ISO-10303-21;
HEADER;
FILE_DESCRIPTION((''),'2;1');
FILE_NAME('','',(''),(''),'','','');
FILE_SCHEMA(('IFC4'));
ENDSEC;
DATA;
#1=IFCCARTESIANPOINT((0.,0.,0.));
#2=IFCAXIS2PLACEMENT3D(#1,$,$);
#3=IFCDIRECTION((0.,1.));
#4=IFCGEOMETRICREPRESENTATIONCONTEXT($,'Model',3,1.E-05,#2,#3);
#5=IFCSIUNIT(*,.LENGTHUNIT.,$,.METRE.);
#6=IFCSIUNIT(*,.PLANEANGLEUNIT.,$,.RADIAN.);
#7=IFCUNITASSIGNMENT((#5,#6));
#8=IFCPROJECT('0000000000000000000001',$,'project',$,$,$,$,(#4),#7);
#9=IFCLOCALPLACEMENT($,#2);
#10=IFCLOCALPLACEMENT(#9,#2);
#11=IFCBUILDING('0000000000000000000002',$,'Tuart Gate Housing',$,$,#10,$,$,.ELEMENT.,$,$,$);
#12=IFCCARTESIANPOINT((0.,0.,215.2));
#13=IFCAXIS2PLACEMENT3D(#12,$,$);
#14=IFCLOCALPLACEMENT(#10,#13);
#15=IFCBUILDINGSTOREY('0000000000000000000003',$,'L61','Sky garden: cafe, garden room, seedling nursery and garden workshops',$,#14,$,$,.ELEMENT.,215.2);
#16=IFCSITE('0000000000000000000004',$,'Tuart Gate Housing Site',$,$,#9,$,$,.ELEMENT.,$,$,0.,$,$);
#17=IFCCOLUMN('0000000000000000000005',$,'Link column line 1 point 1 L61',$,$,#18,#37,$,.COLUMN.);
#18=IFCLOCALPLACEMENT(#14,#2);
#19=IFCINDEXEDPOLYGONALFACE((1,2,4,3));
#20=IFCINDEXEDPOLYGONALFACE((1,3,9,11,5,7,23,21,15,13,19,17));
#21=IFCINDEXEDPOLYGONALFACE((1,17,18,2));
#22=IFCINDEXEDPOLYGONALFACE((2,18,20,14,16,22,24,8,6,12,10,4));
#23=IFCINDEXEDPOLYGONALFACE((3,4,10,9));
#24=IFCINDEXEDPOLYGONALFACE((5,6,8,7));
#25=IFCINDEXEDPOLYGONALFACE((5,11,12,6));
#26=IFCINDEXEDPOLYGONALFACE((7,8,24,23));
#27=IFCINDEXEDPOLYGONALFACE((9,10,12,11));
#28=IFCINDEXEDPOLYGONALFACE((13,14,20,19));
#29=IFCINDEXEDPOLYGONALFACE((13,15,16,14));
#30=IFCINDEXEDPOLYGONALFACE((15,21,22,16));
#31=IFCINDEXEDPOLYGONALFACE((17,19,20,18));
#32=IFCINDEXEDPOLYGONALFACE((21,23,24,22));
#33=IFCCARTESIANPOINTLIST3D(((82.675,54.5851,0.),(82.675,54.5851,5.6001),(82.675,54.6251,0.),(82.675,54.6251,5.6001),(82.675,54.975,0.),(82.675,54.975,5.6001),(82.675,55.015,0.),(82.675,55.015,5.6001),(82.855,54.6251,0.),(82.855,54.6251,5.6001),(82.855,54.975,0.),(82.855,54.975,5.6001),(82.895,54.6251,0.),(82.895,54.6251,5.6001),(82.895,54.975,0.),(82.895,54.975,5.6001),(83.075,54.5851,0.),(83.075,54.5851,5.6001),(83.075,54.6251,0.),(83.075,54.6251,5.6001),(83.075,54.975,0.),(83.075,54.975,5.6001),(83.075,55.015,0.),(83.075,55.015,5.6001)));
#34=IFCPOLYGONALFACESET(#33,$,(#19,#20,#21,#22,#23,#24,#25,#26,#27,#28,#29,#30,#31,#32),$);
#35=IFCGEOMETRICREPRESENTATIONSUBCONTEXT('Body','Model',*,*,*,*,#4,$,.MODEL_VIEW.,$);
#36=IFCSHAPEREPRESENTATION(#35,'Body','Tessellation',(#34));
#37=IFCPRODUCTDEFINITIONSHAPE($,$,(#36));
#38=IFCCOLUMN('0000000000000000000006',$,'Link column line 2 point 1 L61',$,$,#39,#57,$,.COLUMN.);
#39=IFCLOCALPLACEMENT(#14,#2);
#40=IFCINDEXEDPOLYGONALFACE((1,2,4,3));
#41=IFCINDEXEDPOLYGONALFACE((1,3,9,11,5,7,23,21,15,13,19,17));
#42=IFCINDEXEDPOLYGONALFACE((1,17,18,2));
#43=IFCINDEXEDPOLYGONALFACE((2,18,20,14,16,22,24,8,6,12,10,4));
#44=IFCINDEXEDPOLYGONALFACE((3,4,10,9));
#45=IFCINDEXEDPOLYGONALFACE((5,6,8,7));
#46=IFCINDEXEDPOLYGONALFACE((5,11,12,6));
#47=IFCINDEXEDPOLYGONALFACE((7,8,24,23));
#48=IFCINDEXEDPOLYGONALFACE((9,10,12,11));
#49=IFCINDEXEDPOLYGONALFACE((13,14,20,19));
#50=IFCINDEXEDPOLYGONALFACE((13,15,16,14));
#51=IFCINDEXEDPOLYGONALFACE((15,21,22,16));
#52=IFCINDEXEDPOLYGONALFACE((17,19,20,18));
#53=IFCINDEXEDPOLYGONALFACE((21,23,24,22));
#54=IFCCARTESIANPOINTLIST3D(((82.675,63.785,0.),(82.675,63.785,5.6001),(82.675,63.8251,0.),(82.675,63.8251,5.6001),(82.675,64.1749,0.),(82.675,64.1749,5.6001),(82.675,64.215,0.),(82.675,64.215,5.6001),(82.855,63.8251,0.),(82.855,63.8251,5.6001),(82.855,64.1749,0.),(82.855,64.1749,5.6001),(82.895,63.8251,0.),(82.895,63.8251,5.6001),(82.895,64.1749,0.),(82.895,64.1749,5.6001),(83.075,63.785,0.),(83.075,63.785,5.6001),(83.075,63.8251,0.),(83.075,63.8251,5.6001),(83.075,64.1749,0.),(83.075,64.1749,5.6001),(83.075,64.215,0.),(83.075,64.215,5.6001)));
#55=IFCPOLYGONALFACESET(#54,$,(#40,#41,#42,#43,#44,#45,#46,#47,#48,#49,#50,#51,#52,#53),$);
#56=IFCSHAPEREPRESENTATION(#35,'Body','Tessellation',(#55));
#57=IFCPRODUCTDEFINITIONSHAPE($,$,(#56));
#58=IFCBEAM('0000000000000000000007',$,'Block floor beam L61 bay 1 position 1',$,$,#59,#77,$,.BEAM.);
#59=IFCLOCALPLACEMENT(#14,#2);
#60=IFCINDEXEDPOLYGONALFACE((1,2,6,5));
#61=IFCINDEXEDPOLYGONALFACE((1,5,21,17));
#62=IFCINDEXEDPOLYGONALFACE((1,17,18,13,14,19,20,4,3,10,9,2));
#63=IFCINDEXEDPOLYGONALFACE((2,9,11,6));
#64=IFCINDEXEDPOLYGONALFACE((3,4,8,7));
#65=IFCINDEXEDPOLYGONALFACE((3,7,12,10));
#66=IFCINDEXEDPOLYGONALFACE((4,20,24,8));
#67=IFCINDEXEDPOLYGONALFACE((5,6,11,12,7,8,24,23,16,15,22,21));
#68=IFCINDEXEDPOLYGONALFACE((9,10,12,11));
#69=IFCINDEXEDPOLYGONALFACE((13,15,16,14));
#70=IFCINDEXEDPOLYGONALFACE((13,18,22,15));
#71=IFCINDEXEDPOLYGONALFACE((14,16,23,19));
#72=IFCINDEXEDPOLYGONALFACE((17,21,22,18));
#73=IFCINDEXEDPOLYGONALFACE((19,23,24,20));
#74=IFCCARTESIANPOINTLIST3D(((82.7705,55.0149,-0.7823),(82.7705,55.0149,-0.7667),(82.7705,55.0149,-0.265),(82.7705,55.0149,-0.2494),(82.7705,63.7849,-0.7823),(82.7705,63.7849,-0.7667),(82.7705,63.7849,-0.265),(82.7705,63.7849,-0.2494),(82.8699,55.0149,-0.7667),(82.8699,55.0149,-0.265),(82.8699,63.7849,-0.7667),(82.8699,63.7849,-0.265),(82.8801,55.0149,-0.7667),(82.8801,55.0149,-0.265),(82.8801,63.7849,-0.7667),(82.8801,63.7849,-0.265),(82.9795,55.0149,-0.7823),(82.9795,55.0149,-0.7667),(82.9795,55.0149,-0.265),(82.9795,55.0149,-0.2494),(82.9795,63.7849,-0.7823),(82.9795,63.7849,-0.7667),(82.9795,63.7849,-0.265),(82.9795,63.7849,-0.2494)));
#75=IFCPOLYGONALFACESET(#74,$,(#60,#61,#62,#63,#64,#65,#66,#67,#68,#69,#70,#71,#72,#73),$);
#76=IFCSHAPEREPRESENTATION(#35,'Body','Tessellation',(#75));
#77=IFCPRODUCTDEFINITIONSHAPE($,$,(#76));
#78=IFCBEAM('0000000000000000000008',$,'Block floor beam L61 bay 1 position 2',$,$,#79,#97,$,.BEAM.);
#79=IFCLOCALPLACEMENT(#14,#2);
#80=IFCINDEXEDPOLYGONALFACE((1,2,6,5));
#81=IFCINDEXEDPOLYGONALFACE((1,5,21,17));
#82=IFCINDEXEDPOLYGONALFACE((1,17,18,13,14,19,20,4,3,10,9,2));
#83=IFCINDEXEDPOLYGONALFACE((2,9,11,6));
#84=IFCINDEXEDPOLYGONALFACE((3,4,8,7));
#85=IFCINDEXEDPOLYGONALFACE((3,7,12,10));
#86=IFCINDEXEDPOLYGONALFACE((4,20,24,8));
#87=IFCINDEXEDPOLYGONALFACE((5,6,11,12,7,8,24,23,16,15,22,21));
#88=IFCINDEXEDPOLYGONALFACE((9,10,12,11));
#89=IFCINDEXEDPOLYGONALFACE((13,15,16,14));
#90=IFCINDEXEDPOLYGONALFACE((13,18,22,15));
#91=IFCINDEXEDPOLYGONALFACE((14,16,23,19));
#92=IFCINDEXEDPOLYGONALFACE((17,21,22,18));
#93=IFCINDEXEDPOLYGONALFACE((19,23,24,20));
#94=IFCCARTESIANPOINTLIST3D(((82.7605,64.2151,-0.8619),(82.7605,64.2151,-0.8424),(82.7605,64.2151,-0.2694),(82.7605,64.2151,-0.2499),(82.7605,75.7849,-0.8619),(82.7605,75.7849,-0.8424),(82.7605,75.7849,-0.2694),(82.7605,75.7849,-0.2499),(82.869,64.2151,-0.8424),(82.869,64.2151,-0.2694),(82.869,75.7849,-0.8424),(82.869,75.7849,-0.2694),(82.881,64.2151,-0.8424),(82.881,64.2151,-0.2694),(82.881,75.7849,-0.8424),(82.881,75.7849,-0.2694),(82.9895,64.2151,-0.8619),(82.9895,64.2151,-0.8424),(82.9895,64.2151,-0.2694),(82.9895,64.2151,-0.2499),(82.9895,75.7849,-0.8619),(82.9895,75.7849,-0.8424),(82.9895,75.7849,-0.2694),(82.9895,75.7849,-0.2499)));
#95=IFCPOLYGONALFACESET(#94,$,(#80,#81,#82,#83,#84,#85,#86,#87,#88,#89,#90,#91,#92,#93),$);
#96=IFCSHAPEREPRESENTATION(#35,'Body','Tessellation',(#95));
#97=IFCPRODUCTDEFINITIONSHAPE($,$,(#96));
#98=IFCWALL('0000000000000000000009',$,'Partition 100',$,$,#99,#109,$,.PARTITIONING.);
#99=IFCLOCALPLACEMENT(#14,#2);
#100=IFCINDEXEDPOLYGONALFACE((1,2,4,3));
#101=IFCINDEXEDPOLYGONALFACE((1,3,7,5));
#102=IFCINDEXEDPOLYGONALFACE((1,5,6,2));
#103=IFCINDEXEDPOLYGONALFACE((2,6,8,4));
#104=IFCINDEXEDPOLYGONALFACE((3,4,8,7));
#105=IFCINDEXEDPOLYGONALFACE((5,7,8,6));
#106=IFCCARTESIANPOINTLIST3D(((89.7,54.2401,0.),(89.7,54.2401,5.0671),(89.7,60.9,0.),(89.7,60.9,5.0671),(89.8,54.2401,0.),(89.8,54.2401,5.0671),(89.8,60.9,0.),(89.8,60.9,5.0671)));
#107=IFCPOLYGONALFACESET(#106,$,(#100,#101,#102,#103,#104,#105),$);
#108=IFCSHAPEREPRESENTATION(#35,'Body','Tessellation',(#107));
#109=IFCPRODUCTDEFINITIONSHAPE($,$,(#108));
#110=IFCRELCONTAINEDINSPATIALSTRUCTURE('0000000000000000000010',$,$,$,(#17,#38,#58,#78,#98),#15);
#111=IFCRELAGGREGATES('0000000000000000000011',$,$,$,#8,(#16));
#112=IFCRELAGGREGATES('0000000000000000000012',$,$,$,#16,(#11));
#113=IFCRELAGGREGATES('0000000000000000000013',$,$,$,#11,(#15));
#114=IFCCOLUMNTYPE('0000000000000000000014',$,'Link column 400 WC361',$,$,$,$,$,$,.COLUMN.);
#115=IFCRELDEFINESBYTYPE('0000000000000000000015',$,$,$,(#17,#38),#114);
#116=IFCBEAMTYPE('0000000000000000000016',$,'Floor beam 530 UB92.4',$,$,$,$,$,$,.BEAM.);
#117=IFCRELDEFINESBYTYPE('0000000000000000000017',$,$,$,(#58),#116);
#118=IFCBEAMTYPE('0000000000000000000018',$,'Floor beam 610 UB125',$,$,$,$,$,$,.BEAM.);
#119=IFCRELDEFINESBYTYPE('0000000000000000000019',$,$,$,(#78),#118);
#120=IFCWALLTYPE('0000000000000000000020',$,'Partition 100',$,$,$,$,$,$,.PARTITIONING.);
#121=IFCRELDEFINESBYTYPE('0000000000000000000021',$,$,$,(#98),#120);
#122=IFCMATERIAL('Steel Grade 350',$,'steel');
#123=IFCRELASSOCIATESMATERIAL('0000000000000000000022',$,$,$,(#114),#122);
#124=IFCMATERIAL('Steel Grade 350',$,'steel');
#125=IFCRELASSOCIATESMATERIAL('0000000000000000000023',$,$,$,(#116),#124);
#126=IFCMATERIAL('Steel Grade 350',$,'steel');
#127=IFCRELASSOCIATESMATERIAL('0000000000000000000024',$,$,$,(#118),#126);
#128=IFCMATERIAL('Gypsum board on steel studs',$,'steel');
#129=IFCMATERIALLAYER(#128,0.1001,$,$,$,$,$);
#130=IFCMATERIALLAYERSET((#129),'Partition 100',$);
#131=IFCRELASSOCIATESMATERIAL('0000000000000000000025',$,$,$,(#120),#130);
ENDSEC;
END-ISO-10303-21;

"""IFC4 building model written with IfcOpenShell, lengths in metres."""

from ifc_helpers import new_model, si_unit, direction, frame, frame_2d, origin, origin_2d, place, context, subcontext, project, spatial, rectangle, i_section, extrude, material, layer, layer_set, material_profile, profile_set, type_object, element, save


model = new_model("IFC4")

# Units and contexts
model_context = context("Model", 3, precision=1e-05, world=origin(), true_north=direction((0.0, 1.0)))
body_context = subcontext(model_context, "Body", "Model", "MODEL_VIEW")
ifc_project = project(units=[si_unit("LENGTHUNIT", "METRE"), si_unit("PLANEANGLEUNIT", "RADIAN")], contexts=[model_context])

# Site, building, storey
site_placement = place(None, origin())
site = spatial("IfcSite", under=ifc_project, at=site_placement, Name="Tuart Gate Housing Site", CompositionType="ELEMENT", RefElevation=0.0)
building_placement = place(site_placement, origin())
building = spatial("IfcBuilding", under=site, at=building_placement, Name="Tuart Gate Housing", CompositionType="ELEMENT")
storey_placement = place(building_placement, frame((0.0, 0.0, 215.2)))
storey = spatial("IfcBuildingStorey", under=building, at=storey_placement, Name="L61", Description="Sky garden: cafe, garden room, seedling nursery and garden workshops", CompositionType="ELEMENT", Elevation=215.2)

# Columns
ifc_material_1 = material(Name="Steel Grade 350", Category="steel")
ifc_material_profile_1 = material_profile(ifc_material_1, i_section(OverallWidth=0.3999, OverallDepth=0.4299, WebThickness=0.04, FlangeThickness=0.04, at=origin_2d()), Name="400WC361")
ifc_profile_set_1 = profile_set([ifc_material_profile_1], Name="Steel Grade 350")
column_type = type_object("IfcColumnType", Name="Link column 400 WC361", PredefinedType="COLUMN", material=ifc_profile_set_1)
for number, where, z_axis, x_axis, name in (
    (1, (82.875, 54.8, 0.0), (0.0, 0.0, 1.0), (1.0, 0.0, 0.0), "Link column line 1 point 1 L61"),
    (2, (82.875, 64.0, 0.0), (0.0, 0.0, 1.0), (1.0, 0.0, 0.0), "Link column line 2 point 1 L61"),
):
    element("IfcColumn", number, at=place(storey_placement, frame(where, z_axis=z_axis, x_axis=x_axis)), inside=storey, type_object=column_type, Name=name, PredefinedType="COLUMN", context=body_context, shape_type="SweptSolid", body=[
        extrude(i_section(OverallWidth=0.3999, OverallDepth=0.4299, WebThickness=0.04, FlangeThickness=0.04, at=origin_2d()), origin(), (0.0, 0.0, 1.0), 5.6001),
    ])

# Beams
ifc_material_2 = material(Name="Steel Grade 350", Category="steel")
ifc_material_profile_2 = material_profile(ifc_material_2, i_section(OverallWidth=0.209, OverallDepth=0.533, WebThickness=0.0103, FlangeThickness=0.0156, at=origin_2d()), Name="530UB92.4")
ifc_profile_set_2 = profile_set([ifc_material_profile_2], Name="Steel Grade 350")
beam_type_1 = type_object("IfcBeamType", Name="Floor beam 530 UB92.4", PredefinedType="BEAM", material=ifc_profile_set_2)
beam_1_placement = place(storey_placement, frame((82.875, 55.0149, -0.5159), z_axis=(0.0, 1.0, 0.0), x_axis=(-1.0, 0.0, 0.0)))
element("IfcBeam", 3, at=beam_1_placement, inside=storey, type_object=beam_type_1, Name="Block floor beam L61 bay 1 position 1", PredefinedType="BEAM", context=body_context, shape_type="SweptSolid", body=[
    extrude(i_section(OverallWidth=0.209, OverallDepth=0.533, WebThickness=0.0103, FlangeThickness=0.0156, at=origin_2d()), origin(), (0.0, 0.0, 1.0), 8.77),
])
ifc_material_3 = material(Name="Steel Grade 350", Category="steel")
ifc_material_profile_3 = material_profile(ifc_material_3, i_section(OverallWidth=0.229, OverallDepth=0.6121, WebThickness=0.012, FlangeThickness=0.0195, at=origin_2d()), Name="610UB125")
ifc_profile_set_3 = profile_set([ifc_material_profile_3], Name="Steel Grade 350")
beam_type_2 = type_object("IfcBeamType", Name="Floor beam 610 UB125", PredefinedType="BEAM", material=ifc_profile_set_3)
beam_2_placement = place(storey_placement, frame((82.875, 64.2151, -0.5559), z_axis=(0.0, 1.0, 0.0), x_axis=(-1.0, 0.0, 0.0)))
element("IfcBeam", 4, at=beam_2_placement, inside=storey, type_object=beam_type_2, Name="Block floor beam L61 bay 1 position 2", PredefinedType="BEAM", context=body_context, shape_type="SweptSolid", body=[
    extrude(i_section(OverallWidth=0.229, OverallDepth=0.6121, WebThickness=0.012, FlangeThickness=0.0195, at=origin_2d()), origin(), (0.0, 0.0, 1.0), 11.5698),
])

# Wall
ifc_material_4 = material(Name="Gypsum board on steel studs", Category="steel")
ifc_layer_1 = layer(ifc_material_4, 0.1001)
ifc_layer_set_1 = layer_set([ifc_layer_1], Name="Partition 100")
wall_type_1 = type_object("IfcWallType", Name="Partition 100", PredefinedType="PARTITIONING", material=ifc_layer_set_1)
wall_1_placement = place(storey_placement, frame((89.75, 54.24, 0.0), z_axis=(0.0, 0.0, 1.0), x_axis=(0.0, 1.0, 0.0)))
element("IfcWall", 5, at=wall_1_placement, inside=storey, type_object=wall_type_1, Name="Partition 100", PredefinedType="PARTITIONING", context=body_context, shape_type="SweptSolid", body=[
    extrude(rectangle(XDim=6.6599, YDim=0.1001, at=frame_2d((3.3301, 0.0))), origin(), (0.0, 0.0, 1.0), 5.0671),
])

save(model, "model.ifc")
